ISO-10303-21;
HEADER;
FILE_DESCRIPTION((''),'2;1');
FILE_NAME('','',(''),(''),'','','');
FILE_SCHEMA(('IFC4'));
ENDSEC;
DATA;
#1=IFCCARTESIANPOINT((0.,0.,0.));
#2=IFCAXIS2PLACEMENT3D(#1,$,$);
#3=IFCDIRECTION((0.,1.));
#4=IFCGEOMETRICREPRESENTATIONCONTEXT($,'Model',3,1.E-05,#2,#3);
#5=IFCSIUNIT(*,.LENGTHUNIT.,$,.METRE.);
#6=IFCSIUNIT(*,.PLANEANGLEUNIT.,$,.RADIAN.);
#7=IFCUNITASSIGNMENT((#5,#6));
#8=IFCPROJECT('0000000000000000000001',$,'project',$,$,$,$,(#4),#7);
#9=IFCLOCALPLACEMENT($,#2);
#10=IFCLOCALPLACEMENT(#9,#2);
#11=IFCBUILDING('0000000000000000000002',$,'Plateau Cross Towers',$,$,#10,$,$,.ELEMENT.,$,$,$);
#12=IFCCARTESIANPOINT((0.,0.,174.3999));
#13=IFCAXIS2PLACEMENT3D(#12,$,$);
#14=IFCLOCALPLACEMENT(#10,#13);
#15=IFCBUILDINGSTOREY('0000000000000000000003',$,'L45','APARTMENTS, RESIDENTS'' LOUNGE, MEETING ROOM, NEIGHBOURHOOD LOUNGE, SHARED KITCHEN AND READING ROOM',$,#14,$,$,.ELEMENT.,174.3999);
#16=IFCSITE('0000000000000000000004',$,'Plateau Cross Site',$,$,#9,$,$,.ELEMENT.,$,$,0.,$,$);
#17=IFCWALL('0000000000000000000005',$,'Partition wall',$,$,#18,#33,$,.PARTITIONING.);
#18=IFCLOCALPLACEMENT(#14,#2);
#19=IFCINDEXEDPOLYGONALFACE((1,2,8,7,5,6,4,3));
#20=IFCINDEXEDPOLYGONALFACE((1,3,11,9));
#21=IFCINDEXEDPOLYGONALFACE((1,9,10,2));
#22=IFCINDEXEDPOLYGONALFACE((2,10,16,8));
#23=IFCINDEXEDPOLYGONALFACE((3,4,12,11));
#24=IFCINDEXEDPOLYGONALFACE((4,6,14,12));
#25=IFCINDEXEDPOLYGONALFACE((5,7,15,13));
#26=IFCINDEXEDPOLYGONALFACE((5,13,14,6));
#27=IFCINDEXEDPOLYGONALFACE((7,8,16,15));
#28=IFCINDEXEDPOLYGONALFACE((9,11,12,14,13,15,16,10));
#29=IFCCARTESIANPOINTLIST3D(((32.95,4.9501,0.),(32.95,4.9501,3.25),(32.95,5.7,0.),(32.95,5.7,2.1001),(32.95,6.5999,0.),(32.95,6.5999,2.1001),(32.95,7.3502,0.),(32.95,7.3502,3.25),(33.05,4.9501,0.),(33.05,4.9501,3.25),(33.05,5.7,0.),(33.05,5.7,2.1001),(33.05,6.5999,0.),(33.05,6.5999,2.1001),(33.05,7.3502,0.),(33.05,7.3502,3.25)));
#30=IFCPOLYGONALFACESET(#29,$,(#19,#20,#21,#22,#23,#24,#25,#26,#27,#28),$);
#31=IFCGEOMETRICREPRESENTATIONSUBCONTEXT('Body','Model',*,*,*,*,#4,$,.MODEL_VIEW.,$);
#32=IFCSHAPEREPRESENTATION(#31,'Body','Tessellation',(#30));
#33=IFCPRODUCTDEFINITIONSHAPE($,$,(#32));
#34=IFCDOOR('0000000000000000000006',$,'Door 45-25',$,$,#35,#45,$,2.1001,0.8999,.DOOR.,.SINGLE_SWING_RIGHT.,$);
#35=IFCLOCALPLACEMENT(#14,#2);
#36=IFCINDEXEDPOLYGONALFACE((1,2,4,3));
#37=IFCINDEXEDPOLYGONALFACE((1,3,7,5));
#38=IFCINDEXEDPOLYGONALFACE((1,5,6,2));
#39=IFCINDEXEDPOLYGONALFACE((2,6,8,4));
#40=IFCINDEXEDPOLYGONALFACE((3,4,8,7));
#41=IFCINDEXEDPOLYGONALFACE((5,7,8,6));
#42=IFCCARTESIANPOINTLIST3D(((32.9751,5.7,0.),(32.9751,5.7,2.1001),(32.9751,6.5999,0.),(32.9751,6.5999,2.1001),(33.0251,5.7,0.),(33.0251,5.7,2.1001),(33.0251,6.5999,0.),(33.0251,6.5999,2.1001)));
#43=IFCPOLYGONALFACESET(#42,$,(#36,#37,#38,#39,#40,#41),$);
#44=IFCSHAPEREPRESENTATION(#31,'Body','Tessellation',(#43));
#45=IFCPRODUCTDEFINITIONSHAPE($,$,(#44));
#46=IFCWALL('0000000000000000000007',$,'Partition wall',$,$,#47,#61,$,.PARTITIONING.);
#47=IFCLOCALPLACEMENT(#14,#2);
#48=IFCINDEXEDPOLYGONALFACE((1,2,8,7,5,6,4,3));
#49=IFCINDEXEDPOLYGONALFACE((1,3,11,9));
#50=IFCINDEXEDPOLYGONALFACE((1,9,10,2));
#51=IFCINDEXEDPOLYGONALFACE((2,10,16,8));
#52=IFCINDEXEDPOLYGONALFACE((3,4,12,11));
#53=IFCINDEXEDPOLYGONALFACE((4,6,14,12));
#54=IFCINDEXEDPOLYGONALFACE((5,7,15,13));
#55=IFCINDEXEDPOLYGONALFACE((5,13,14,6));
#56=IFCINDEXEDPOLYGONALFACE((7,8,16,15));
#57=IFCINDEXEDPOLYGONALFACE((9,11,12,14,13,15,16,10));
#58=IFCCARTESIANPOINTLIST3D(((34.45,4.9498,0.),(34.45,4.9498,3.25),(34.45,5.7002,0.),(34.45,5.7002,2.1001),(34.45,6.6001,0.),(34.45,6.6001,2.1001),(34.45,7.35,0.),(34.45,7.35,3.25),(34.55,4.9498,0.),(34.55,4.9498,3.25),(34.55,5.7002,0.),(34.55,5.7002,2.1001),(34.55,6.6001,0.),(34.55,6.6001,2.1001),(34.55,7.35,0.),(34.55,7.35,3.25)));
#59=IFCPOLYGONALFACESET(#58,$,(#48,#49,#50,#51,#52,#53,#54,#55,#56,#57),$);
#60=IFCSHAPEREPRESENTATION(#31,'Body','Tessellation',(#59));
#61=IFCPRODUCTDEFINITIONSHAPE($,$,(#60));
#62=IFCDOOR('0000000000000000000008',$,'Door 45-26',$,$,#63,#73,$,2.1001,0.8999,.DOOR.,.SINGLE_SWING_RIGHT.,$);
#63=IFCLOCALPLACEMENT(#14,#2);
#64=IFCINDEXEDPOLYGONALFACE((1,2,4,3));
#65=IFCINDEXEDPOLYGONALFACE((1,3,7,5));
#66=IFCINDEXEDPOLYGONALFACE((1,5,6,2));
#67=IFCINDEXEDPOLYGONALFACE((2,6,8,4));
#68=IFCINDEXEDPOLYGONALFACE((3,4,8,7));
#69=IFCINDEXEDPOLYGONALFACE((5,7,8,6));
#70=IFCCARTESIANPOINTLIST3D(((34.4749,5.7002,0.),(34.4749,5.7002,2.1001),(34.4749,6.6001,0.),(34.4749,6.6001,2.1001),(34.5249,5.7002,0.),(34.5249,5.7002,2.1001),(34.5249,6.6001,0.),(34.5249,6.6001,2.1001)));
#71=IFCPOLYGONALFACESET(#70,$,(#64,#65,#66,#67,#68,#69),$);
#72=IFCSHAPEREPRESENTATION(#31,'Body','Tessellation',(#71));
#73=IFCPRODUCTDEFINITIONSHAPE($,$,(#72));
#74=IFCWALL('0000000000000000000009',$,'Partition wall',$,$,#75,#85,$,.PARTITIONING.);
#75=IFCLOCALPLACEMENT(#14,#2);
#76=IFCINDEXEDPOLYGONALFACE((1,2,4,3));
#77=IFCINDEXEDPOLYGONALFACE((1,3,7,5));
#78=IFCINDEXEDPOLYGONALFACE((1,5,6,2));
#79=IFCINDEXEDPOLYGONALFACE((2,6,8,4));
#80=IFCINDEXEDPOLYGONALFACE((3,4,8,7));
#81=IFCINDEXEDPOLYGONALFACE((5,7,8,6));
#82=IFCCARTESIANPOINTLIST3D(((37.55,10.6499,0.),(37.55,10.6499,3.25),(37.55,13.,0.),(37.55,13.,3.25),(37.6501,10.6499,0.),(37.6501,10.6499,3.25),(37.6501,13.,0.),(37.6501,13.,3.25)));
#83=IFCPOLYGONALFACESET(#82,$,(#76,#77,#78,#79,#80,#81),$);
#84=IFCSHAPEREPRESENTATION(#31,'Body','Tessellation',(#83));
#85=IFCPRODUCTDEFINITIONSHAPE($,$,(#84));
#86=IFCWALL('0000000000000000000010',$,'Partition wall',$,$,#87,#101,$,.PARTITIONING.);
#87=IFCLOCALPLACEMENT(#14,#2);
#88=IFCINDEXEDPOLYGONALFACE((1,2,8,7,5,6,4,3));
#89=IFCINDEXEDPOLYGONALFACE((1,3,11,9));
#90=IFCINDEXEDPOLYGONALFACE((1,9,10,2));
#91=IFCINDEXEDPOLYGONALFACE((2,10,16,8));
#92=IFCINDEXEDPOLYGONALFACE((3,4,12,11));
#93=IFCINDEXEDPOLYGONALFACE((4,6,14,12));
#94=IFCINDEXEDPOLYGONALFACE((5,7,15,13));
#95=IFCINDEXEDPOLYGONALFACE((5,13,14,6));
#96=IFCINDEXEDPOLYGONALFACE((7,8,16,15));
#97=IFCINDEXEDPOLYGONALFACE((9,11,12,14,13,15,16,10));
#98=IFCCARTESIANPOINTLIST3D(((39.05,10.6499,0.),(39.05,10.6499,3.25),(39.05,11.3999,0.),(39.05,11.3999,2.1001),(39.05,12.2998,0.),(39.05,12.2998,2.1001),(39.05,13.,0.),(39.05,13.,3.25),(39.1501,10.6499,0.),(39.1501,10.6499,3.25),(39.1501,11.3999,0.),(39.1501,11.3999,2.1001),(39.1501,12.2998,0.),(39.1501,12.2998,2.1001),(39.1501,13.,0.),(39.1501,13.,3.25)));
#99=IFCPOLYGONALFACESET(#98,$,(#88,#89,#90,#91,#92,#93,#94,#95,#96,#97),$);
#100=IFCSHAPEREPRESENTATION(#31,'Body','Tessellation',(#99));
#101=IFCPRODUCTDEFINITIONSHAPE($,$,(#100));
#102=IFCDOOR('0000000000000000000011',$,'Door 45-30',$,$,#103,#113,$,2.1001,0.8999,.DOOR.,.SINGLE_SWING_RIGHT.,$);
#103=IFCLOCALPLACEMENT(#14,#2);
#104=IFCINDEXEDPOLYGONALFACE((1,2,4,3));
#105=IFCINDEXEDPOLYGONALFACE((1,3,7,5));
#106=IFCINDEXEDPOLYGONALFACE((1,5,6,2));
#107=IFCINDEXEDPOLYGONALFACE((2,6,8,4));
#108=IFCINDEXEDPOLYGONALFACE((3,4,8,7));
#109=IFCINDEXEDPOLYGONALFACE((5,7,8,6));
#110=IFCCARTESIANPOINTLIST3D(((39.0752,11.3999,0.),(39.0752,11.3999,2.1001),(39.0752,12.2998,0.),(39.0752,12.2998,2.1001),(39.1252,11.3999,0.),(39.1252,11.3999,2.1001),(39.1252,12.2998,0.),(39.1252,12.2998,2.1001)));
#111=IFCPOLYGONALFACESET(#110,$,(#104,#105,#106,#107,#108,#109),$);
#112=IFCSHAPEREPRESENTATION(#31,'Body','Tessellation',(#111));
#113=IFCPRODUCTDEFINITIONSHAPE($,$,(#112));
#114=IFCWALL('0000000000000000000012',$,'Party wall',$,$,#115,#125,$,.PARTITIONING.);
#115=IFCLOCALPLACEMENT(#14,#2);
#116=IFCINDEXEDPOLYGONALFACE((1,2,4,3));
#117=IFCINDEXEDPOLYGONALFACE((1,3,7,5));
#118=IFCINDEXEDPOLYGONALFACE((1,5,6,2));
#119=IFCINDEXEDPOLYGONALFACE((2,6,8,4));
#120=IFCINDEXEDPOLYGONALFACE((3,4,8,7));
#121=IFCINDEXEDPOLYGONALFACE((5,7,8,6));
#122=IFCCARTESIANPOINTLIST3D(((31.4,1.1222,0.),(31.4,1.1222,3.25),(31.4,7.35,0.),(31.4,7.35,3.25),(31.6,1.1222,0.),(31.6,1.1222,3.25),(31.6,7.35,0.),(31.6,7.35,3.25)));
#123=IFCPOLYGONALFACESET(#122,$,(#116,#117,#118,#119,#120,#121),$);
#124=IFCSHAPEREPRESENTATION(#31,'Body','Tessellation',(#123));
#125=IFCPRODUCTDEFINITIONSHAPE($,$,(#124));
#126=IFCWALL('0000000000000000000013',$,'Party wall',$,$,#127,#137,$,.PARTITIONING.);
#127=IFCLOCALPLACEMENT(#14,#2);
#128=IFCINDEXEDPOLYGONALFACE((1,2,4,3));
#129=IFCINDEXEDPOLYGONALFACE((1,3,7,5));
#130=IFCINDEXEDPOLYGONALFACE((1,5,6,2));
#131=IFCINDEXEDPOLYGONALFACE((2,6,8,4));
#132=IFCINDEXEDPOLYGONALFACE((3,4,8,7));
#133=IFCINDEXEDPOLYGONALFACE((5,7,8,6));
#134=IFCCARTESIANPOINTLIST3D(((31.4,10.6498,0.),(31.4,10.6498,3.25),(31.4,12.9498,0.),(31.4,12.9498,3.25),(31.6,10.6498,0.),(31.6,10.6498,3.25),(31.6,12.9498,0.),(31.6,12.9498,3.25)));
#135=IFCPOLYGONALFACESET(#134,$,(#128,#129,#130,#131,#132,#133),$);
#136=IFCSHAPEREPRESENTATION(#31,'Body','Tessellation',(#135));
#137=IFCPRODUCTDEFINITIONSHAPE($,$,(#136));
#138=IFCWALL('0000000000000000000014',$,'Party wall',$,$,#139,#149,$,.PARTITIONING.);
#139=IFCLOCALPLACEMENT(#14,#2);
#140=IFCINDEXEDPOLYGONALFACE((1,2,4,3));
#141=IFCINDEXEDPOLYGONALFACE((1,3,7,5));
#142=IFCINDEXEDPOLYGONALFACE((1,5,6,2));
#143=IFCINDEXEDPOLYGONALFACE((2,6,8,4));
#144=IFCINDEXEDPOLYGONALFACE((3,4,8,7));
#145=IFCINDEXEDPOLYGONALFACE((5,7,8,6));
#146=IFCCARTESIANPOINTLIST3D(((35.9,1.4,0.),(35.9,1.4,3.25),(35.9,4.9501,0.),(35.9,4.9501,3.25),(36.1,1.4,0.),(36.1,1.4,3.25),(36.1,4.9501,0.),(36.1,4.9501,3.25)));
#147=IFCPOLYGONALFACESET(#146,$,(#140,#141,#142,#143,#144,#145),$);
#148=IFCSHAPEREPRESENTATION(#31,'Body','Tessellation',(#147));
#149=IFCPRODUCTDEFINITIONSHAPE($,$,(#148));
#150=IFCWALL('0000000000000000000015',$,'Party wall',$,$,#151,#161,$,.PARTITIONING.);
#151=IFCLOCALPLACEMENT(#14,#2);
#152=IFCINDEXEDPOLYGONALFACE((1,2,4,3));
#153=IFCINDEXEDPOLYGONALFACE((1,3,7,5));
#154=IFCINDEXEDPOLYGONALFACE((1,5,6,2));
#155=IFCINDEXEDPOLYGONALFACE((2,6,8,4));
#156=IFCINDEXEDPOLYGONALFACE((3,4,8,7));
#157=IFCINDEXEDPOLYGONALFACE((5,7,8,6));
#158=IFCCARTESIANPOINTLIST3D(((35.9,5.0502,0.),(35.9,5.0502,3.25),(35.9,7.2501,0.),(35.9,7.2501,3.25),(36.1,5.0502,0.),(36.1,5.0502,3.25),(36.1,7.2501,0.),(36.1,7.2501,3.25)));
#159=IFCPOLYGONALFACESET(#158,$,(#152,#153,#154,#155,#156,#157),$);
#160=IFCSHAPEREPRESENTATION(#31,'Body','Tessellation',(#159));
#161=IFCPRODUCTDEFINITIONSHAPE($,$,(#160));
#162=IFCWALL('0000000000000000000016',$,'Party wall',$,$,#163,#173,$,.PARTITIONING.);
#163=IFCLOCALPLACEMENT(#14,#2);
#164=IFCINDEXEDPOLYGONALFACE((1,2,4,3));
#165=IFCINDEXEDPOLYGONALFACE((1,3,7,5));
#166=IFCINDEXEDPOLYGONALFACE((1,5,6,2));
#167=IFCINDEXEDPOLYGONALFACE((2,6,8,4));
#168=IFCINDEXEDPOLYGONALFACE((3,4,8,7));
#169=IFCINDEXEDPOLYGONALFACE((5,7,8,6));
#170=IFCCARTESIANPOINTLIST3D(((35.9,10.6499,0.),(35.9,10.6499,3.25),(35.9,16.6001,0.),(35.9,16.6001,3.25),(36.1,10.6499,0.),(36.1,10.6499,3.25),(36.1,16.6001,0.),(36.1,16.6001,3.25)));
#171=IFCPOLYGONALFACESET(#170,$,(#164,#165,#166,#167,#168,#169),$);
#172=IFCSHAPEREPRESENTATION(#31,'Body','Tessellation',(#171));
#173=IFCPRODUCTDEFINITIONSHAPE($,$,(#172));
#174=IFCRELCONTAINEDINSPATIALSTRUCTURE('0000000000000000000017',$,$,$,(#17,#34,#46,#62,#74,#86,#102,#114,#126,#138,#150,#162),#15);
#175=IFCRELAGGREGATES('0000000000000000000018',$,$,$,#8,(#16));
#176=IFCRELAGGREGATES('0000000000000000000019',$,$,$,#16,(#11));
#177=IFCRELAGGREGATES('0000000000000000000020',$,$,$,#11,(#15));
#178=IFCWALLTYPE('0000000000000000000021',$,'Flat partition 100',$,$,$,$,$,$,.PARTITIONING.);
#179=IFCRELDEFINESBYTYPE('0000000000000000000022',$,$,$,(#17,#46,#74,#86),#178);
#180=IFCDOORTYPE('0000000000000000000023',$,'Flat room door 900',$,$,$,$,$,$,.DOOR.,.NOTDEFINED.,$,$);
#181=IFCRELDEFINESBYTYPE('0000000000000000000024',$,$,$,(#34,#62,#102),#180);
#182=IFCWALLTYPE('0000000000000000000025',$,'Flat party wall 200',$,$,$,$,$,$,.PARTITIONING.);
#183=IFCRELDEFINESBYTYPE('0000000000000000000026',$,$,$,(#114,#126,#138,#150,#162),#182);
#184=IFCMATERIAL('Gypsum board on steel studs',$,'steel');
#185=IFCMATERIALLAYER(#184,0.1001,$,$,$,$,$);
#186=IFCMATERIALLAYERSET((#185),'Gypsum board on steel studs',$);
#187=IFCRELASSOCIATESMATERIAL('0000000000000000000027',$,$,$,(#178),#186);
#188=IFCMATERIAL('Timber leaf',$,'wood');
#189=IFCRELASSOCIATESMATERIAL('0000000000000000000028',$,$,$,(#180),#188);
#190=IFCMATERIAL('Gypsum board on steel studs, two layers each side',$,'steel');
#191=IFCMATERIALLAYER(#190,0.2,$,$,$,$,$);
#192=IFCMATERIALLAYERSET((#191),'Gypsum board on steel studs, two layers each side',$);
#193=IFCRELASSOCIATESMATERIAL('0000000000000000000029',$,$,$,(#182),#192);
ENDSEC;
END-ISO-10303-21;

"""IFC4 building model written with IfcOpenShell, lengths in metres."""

from ifc_helpers import new_model, si_unit, direction, frame, frame_2d, origin, place, context, subcontext, project, spatial, rectangle, extrude, material, layer, layer_set, type_object, element, fill, save


model = new_model("IFC4")

# Units and contexts
model_context = context("Model", 3, precision=1e-05, world=origin(), true_north=direction((0.0, 1.0)))
body_context = subcontext(model_context, "Body", "Model", "MODEL_VIEW")
ifc_project = project(units=[si_unit("LENGTHUNIT", "METRE"), si_unit("PLANEANGLEUNIT", "RADIAN")], contexts=[model_context])

# Site, building, storey
site_placement = place(None, origin())
site = spatial("IfcSite", under=ifc_project, at=site_placement, Name="Plateau Cross Site", CompositionType="ELEMENT", RefElevation=0.0)
building_placement = place(site_placement, origin())
building = spatial("IfcBuilding", under=site, at=building_placement, Name="Plateau Cross Towers", CompositionType="ELEMENT")
storey_placement = place(building_placement, frame((0.0, 0.0, 174.3999)))
storey = spatial("IfcBuildingStorey", under=building, at=storey_placement, Name="L45", Description="APARTMENTS, RESIDENTS' LOUNGE, MEETING ROOM, NEIGHBOURHOOD LOUNGE, SHARED KITCHEN AND READING ROOM", CompositionType="ELEMENT", Elevation=174.3999)

# Shared definitions
ifc_material_1 = material(Name="Gypsum board on steel studs", Category="steel")
ifc_layer_1 = layer(ifc_material_1, 0.1001)
ifc_layer_set_1 = layer_set([ifc_layer_1], Name="Gypsum board on steel studs")
wall_type_1 = type_object("IfcWallType", Name="Flat partition 100", PredefinedType="PARTITIONING", material=ifc_layer_set_1)

# Walls, openings, doors
ifc_material_2 = material(Name="Timber leaf", Category="wood")
door_type_1 = type_object("IfcDoorType", Name="Flat room door 900", OperationType="NOTDEFINED", PredefinedType="DOOR", material=ifc_material_2)
wall_1_placement = place(storey_placement, frame((33.0, 4.95, 0.0), z_axis=(0.0, 0.0, 1.0), x_axis=(0.0, 1.0, 0.0)))
wall_1 = element("IfcWall", 1, at=wall_1_placement, inside=storey, type_object=wall_type_1, Name="Partition wall", PredefinedType="PARTITIONING", context=body_context, shape_type="SweptSolid", body=[
    extrude(rectangle(XDim=2.4001, YDim=0.1001, at=frame_2d((1.2002, 0.0))), origin(), (0.0, 0.0, 1.0), 3.25),
])
opening_1_placement = place(wall_1_placement, frame((0.75, 0.0, 0.0)))
opening_1 = element("IfcOpeningElement", 2, at=opening_1_placement, cuts=wall_1, PredefinedType="OPENING", context=body_context, shape_type="SweptSolid", body=[
    extrude(rectangle(XDim=0.8999, YDim=2.1001, at=frame_2d((0.45, 1.05))), frame((0.0, 0.0601, 0.0), z_axis=(0.0, -1.0, 0.0), x_axis=(1.0, 0.0, 0.0)), (0.0, 0.0, 1.0), 0.1201),
])
door_1_placement = place(opening_1_placement, origin())
door_1 = element("IfcDoor", 3, at=door_1_placement, inside=storey, type_object=door_type_1, Name="Door 45-25", OperationType="SINGLE_SWING_RIGHT", OverallHeight=2.1001, OverallWidth=0.8999, PredefinedType="DOOR", context=body_context, shape_type="SweptSolid", body=[
    extrude(rectangle(XDim=0.8999, YDim=2.1001, at=frame_2d((0.45, 1.05))), frame((0.0, 0.0249, 0.0), z_axis=(0.0, -1.0, 0.0), x_axis=(1.0, 0.0, 0.0)), (0.0, 0.0, 1.0), 0.05),
])
fill(opening_1, door_1)
wall_2_placement = place(storey_placement, frame((34.5, 7.3501, 0.0), z_axis=(0.0, 0.0, 1.0), x_axis=(0.0, -1.0, 0.0)))
wall_2 = element("IfcWall", 4, at=wall_2_placement, inside=storey, type_object=wall_type_1, Name="Partition wall", PredefinedType="PARTITIONING", context=body_context, shape_type="SweptSolid", body=[
    extrude(rectangle(XDim=2.4001, YDim=0.1001, at=frame_2d((1.2002, 0.0))), origin(), (0.0, 0.0, 1.0), 3.25),
])
opening_2_placement = place(wall_2_placement, frame((0.75, 0.0, 0.0)))
opening_2 = element("IfcOpeningElement", 5, at=opening_2_placement, cuts=wall_2, PredefinedType="OPENING", context=body_context, shape_type="SweptSolid", body=[
    extrude(rectangle(XDim=0.8999, YDim=2.1001, at=frame_2d((0.45, 1.05))), frame((0.0, 0.0601, 0.0), z_axis=(0.0, -1.0, 0.0), x_axis=(1.0, 0.0, 0.0)), (0.0, 0.0, 1.0), 0.1201),
])
door_2_placement = place(opening_2_placement, origin())
door_2 = element("IfcDoor", 6, at=door_2_placement, inside=storey, type_object=door_type_1, Name="Door 45-26", OperationType="SINGLE_SWING_RIGHT", OverallHeight=2.1001, OverallWidth=0.8999, PredefinedType="DOOR", context=body_context, shape_type="SweptSolid", body=[
    extrude(rectangle(XDim=0.8999, YDim=2.1001, at=frame_2d((0.45, 1.05))), frame((0.0, 0.0249, 0.0), z_axis=(0.0, -1.0, 0.0), x_axis=(1.0, 0.0, 0.0)), (0.0, 0.0, 1.0), 0.05),
])
fill(opening_2, door_2)

# Wall
wall_3_placement = place(storey_placement, frame((37.6001, 10.6499, 0.0), z_axis=(0.0, 0.0, 1.0), x_axis=(0.0, 1.0, 0.0)))
element("IfcWall", 7, at=wall_3_placement, inside=storey, type_object=wall_type_1, Name="Partition wall", PredefinedType="PARTITIONING", context=body_context, shape_type="SweptSolid", body=[
    extrude(rectangle(XDim=2.3501, YDim=0.1001, at=frame_2d((1.175, 0.0))), origin(), (0.0, 0.0, 1.0), 3.25),
])

# Wall, opening, door
wall_4_placement = place(storey_placement, frame((39.1001, 10.6499, 0.0), z_axis=(0.0, 0.0, 1.0), x_axis=(0.0, 1.0, 0.0)))
wall_4 = element("IfcWall", 8, at=wall_4_placement, inside=storey, type_object=wall_type_1, Name="Partition wall", PredefinedType="PARTITIONING", context=body_context, shape_type="SweptSolid", body=[
    extrude(rectangle(XDim=2.3501, YDim=0.1001, at=frame_2d((1.175, 0.0))), origin(), (0.0, 0.0, 1.0), 3.25),
])
opening_3_placement = place(wall_4_placement, frame((0.75, 0.0, 0.0)))
opening_3 = element("IfcOpeningElement", 9, at=opening_3_placement, cuts=wall_4, PredefinedType="OPENING", context=body_context, shape_type="SweptSolid", body=[
    extrude(rectangle(XDim=0.8999, YDim=2.1001, at=frame_2d((0.45, 1.05))), frame((0.0, 0.0601, 0.0), z_axis=(0.0, -1.0, 0.0), x_axis=(1.0, 0.0, 0.0)), (0.0, 0.0, 1.0), 0.1201),
])
door_3_placement = place(opening_3_placement, origin())
door_3 = element("IfcDoor", 10, at=door_3_placement, inside=storey, type_object=door_type_1, Name="Door 45-30", OperationType="SINGLE_SWING_RIGHT", OverallHeight=2.1001, OverallWidth=0.8999, PredefinedType="DOOR", context=body_context, shape_type="SweptSolid", body=[
    extrude(rectangle(XDim=0.8999, YDim=2.1001, at=frame_2d((0.45, 1.05))), frame((0.0, 0.0249, 0.0), z_axis=(0.0, -1.0, 0.0), x_axis=(1.0, 0.0, 0.0)), (0.0, 0.0, 1.0), 0.05),
])
fill(opening_3, door_3)

# Walls
ifc_material_3 = material(Name="Gypsum board on steel studs, two layers each side", Category="steel")
ifc_layer_2 = layer(ifc_material_3, 0.2)
ifc_layer_set_2 = layer_set([ifc_layer_2], Name="Gypsum board on steel studs, two layers each side")
wall_type_2 = type_object("IfcWallType", Name="Flat party wall 200", PredefinedType="PARTITIONING", material=ifc_layer_set_2)
wall_5_placement = place(storey_placement, frame((31.5, 1.1223, 0.0), z_axis=(0.0, 0.0, 1.0), x_axis=(0.0, 1.0, 0.0)))
element("IfcWall", 11, at=wall_5_placement, inside=storey, type_object=wall_type_2, Name="Party wall", PredefinedType="PARTITIONING", context=body_context, shape_type="SweptSolid", body=[
    extrude(rectangle(XDim=6.2278, YDim=0.2, at=frame_2d((3.1138, 0.0))), origin(), (0.0, 0.0, 1.0), 3.25),
])
wall_6_placement = place(storey_placement, frame((31.5, 10.6499, 0.0), z_axis=(0.0, 0.0, 1.0), x_axis=(0.0, 1.0, 0.0)))
element("IfcWall", 12, at=wall_6_placement, inside=storey, type_object=wall_type_2, Name="Party wall", PredefinedType="PARTITIONING", context=body_context, shape_type="SweptSolid", body=[
    extrude(rectangle(XDim=2.3, YDim=0.2, at=frame_2d((1.1499, 0.0))), origin(), (0.0, 0.0, 1.0), 3.25),
])
wall_7_placement = place(storey_placement, frame((36.0, 4.95, 0.0), z_axis=(0.0, 0.0, 1.0), x_axis=(0.0, -1.0, 0.0)))
element("IfcWall", 13, at=wall_7_placement, inside=storey, type_object=wall_type_2, Name="Party wall", PredefinedType="PARTITIONING", context=body_context, shape_type="SweptSolid", body=[
    extrude(rectangle(XDim=3.55, YDim=0.2, at=frame_2d((1.7749, 0.0))), origin(), (0.0, 0.0, 1.0), 3.25),
])
wall_8_placement = place(storey_placement, frame((36.0, 5.05, 0.0), z_axis=(0.0, 0.0, 1.0), x_axis=(0.0, 1.0, 0.0)))
element("IfcWall", 14, at=wall_8_placement, inside=storey, type_object=wall_type_2, Name="Party wall", PredefinedType="PARTITIONING", context=body_context, shape_type="SweptSolid", body=[
    extrude(rectangle(XDim=2.2, YDim=0.2, at=frame_2d((1.1001, 0.0))), origin(), (0.0, 0.0, 1.0), 3.25),
])
wall_9_placement = place(storey_placement, frame((36.0, 10.6499, 0.0), z_axis=(0.0, 0.0, 1.0), x_axis=(0.0, 1.0, 0.0)))
element("IfcWall", 15, at=wall_9_placement, inside=storey, type_object=wall_type_2, Name="Party wall", PredefinedType="PARTITIONING", context=body_context, shape_type="SweptSolid", body=[
    extrude(rectangle(XDim=5.9502, YDim=0.2, at=frame_2d((2.9751, 0.0))), origin(), (0.0, 0.0, 1.0), 3.25),
])

save(model, "model.ifc")
